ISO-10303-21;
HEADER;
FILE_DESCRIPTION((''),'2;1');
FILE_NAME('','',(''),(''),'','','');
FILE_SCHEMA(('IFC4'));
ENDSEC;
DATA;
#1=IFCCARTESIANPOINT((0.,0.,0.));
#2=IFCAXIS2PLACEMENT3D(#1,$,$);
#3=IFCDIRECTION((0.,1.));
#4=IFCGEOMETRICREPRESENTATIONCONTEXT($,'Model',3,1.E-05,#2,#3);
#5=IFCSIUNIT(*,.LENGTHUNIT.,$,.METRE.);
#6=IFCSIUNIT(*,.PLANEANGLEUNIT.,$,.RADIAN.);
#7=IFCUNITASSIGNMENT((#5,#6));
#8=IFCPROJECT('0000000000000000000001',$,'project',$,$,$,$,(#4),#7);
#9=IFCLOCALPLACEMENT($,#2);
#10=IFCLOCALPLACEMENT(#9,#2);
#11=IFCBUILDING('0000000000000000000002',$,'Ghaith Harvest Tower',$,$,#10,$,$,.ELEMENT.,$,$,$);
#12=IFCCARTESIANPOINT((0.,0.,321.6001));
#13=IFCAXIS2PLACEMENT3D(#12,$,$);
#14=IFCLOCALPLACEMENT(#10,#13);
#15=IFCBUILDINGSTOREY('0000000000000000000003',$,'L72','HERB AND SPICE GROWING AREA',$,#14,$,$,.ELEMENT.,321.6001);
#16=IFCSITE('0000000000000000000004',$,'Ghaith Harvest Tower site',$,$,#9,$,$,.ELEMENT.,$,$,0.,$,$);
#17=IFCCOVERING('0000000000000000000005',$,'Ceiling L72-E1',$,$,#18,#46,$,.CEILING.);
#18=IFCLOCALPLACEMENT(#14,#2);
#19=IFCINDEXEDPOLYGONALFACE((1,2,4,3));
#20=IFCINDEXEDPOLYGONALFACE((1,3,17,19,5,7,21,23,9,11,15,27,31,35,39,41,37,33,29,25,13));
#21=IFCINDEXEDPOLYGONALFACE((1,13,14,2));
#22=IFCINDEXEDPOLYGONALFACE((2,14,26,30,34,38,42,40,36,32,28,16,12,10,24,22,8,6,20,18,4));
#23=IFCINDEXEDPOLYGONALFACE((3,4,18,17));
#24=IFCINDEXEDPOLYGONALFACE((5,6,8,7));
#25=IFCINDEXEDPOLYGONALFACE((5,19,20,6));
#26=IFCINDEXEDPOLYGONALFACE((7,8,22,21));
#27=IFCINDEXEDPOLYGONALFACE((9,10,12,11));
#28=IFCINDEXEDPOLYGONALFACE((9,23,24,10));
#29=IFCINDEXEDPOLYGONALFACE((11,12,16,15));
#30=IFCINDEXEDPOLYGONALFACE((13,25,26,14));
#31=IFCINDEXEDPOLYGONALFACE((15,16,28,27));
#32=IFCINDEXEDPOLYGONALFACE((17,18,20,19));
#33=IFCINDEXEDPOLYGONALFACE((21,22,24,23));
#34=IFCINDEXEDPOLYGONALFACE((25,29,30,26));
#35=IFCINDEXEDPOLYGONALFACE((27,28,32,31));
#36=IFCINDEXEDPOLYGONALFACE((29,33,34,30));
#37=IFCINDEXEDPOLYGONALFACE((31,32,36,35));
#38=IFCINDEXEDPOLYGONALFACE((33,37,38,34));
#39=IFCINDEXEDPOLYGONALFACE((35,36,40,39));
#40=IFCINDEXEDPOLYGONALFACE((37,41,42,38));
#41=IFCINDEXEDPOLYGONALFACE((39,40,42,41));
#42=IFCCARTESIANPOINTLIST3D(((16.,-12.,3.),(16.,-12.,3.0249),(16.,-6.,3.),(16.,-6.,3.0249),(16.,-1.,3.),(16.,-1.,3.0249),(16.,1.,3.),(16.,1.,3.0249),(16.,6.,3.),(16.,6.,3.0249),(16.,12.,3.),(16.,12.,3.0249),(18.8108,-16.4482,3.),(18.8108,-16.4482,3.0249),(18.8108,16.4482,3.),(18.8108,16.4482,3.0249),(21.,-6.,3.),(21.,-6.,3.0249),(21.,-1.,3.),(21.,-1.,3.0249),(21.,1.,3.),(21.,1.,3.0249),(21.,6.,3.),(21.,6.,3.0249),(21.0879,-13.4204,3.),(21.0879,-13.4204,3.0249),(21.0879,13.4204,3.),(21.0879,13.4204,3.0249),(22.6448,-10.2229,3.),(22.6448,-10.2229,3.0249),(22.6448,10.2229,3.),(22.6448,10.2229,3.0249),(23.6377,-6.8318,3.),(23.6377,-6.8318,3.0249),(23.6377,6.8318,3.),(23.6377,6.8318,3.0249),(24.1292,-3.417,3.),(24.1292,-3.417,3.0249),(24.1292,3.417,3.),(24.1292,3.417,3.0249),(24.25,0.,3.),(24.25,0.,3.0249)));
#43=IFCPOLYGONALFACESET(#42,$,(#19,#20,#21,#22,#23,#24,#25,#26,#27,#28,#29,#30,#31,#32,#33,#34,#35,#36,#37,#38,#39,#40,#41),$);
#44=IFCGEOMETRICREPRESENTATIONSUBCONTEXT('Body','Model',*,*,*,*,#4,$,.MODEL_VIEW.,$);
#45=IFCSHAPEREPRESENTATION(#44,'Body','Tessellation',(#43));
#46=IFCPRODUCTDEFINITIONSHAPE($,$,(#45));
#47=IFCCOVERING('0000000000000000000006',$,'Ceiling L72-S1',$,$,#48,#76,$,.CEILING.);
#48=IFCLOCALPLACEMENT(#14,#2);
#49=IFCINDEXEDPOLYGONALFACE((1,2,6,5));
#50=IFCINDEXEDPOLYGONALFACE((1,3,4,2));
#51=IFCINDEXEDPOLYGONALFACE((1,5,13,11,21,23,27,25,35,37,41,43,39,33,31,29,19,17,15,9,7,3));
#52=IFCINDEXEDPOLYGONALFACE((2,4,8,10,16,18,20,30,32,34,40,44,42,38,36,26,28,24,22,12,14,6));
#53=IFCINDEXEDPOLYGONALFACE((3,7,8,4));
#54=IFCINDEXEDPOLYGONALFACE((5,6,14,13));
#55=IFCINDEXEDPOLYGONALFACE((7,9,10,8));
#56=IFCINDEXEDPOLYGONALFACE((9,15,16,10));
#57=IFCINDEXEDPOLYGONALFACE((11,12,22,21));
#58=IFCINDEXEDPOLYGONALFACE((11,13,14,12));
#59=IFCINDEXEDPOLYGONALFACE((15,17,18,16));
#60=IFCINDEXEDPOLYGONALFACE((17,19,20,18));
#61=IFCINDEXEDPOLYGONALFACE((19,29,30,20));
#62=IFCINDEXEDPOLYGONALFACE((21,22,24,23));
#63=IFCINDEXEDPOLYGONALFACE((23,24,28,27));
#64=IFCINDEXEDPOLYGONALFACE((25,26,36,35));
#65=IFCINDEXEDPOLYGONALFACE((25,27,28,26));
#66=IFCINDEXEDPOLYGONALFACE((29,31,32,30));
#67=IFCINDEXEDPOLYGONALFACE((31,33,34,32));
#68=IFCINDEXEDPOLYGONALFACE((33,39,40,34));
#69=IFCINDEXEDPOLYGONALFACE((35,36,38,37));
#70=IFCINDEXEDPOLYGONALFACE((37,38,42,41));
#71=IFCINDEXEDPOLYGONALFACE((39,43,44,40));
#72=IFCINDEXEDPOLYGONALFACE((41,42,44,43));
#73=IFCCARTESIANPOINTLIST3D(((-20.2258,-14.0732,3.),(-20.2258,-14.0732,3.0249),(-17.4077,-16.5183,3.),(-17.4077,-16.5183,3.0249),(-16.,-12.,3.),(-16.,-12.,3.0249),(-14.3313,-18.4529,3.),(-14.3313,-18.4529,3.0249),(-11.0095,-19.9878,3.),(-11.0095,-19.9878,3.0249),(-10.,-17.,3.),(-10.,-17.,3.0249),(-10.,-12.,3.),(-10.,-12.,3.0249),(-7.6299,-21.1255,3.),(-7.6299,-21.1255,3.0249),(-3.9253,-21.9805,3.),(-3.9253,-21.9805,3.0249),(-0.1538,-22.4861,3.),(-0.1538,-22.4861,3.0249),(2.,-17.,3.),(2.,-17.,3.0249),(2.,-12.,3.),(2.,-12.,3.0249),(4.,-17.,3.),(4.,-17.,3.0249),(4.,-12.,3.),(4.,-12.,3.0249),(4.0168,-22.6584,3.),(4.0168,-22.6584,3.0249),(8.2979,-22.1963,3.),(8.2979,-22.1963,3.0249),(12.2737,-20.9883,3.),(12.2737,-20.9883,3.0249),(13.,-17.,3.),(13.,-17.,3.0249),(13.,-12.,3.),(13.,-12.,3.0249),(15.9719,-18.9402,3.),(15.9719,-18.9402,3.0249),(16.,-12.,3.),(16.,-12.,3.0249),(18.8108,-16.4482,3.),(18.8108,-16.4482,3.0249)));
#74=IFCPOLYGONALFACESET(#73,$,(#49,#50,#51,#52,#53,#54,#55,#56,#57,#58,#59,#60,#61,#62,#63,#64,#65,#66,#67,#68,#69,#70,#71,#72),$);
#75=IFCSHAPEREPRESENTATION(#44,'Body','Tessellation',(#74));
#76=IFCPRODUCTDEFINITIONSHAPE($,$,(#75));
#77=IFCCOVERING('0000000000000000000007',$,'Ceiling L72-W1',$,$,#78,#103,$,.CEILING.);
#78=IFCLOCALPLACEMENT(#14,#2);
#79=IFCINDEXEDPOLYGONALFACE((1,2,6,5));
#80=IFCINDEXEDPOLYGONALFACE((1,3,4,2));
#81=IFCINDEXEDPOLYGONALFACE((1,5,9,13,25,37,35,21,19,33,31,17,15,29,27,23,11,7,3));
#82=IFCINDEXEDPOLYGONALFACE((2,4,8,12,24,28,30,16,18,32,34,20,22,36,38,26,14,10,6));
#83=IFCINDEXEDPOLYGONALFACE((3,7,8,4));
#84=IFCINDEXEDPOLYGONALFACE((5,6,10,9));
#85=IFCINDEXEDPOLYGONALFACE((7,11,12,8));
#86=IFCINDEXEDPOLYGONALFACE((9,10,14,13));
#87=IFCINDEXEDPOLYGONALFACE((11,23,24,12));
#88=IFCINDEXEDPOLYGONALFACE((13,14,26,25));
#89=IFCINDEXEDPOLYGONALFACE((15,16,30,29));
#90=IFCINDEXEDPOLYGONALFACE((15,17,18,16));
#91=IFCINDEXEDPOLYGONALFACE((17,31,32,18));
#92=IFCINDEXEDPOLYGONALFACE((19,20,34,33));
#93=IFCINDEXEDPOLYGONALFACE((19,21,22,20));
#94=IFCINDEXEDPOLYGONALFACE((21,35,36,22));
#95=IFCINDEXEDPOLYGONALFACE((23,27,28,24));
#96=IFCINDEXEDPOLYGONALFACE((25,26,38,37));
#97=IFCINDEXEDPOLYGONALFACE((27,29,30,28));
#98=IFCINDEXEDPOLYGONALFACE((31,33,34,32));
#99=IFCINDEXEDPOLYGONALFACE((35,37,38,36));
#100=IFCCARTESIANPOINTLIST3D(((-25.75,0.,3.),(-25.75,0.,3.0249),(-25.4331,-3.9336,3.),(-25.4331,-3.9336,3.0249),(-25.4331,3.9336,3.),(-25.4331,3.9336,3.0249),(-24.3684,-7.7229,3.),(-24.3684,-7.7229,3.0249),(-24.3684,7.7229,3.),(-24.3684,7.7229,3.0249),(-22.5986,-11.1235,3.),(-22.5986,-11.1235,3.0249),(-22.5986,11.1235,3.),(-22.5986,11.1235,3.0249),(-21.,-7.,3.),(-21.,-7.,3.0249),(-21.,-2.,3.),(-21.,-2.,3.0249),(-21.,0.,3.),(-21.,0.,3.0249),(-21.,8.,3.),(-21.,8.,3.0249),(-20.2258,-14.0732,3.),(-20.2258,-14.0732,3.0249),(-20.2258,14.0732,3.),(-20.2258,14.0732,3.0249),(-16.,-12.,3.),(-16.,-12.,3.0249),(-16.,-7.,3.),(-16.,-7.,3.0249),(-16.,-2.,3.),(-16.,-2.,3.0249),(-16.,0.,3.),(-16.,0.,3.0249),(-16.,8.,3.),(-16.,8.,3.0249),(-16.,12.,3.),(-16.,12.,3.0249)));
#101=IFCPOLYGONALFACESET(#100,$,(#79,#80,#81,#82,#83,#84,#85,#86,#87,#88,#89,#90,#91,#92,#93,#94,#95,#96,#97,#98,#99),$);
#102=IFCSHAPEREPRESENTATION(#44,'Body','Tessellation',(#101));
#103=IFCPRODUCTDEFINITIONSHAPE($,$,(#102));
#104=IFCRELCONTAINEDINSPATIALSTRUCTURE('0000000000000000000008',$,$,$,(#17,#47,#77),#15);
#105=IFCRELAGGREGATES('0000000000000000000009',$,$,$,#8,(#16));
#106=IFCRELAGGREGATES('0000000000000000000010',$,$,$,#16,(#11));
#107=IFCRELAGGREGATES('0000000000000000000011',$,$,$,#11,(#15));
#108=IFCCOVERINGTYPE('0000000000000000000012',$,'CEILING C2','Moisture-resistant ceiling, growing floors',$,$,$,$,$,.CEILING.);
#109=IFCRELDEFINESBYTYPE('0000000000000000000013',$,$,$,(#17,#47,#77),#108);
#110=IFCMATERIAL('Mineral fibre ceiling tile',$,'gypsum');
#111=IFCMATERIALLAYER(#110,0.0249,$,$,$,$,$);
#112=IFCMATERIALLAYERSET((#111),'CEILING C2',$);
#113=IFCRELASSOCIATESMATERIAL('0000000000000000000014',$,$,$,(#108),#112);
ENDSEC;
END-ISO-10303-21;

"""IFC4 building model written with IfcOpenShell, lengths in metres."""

from ifc_helpers import new_model, si_unit, direction, frame, origin, place, context, subcontext, project, spatial, polyline, outline, extrude, material, layer, layer_set, type_object, element, save


model = new_model("IFC4")

# Units and contexts
model_context = context("Model", 3, precision=1e-05, world=origin(), true_north=direction((0.0, 1.0)))
body_context = subcontext(model_context, "Body", "Model", "MODEL_VIEW")
ifc_project = project(units=[si_unit("LENGTHUNIT", "METRE"), si_unit("PLANEANGLEUNIT", "RADIAN")], contexts=[model_context])

# Site, building, storey
site_placement = place(None, origin())
site = spatial("IfcSite", under=ifc_project, at=site_placement, Name="Ghaith Harvest Tower site", CompositionType="ELEMENT", RefElevation=0.0)
building_placement = place(site_placement, origin())
building = spatial("IfcBuilding", under=site, at=building_placement, Name="Ghaith Harvest Tower", CompositionType="ELEMENT")
storey_placement = place(building_placement, frame((0.0, 0.0, 321.6001)))
storey = spatial("IfcBuildingStorey", under=building, at=storey_placement, Name="L72", Description="HERB AND SPICE GROWING AREA", CompositionType="ELEMENT", Elevation=321.6001)

# Coverings
ifc_material_1 = material(Name="Mineral fibre ceiling tile", Category="gypsum")
ifc_layer_1 = layer(ifc_material_1, 0.0249)
ifc_layer_set_1 = layer_set([ifc_layer_1], Name="CEILING C2")
covering_type = type_object("IfcCoveringType", Name="CEILING C2", Description="Moisture-resistant ceiling, growing floors", PredefinedType="CEILING", material=ifc_layer_set_1)
covering_1_placement = place(storey_placement, frame((0.0, 0.0, 3.0)))
element("IfcCovering", 1, at=covering_1_placement, inside=storey, type_object=covering_type, Name="Ceiling L72-E1", PredefinedType="CEILING", context=body_context, shape_type="SweptSolid", body=[
    extrude(outline(polyline([(21.0879, 13.4204), (22.6448, 10.2229), (23.6377, 6.8318), (24.1292, 3.417), (24.25, 0.0), (24.1292, -3.417), (23.6377, -6.8318), (22.6448, -10.2229), (21.0879, -13.4204), (18.8108, -16.4482), (16.0, -12.0), (16.0, -6.0), (21.0, -6.0), (21.0, -1.0), (16.0, -1.0), (16.0, 1.0), (21.0, 1.0), (21.0, 6.0), (16.0, 6.0), (16.0, 12.0), (18.8108, 16.4482), (21.0879, 13.4204)])), origin(), (0.0, 0.0, 1.0), 0.0249),
])
covering_2_placement = place(storey_placement, frame((0.0, 0.0, 3.0)))
element("IfcCovering", 2, at=covering_2_placement, inside=storey, type_object=covering_type, Name="Ceiling L72-S1", PredefinedType="CEILING", context=body_context, shape_type="SweptSolid", body=[
    extrude(outline(polyline([(-17.4077, -16.5183), (-20.2258, -14.0732), (-16.0, -12.0), (-10.0, -12.0), (-10.0, -17.0), (2.0, -17.0), (2.0, -12.0), (4.0, -12.0), (4.0, -17.0), (13.0, -17.0), (13.0, -12.0), (16.0, -12.0), (18.8108, -16.4482), (15.9719, -18.9402), (12.2737, -20.9883), (8.2979, -22.1963), (4.0168, -22.6584), (-0.1538, -22.4861), (-3.9253, -21.9805), (-7.6299, -21.1255), (-11.0095, -19.9878), (-14.3313, -18.4529), (-17.4077, -16.5183)])), origin(), (0.0, 0.0, 1.0), 0.0249),
])
covering_3_placement = place(storey_placement, frame((0.0, 0.0, 3.0)))
element("IfcCovering", 3, at=covering_3_placement, inside=storey, type_object=covering_type, Name="Ceiling L72-W1", PredefinedType="CEILING", context=body_context, shape_type="SweptSolid", body=[
    extrude(outline(polyline([(-22.5986, -11.1235), (-24.3684, -7.7229), (-25.4331, -3.9336), (-25.75, 0.0), (-25.4331, 3.9336), (-24.3684, 7.7229), (-22.5986, 11.1235), (-20.2258, 14.0732), (-16.0, 12.0), (-16.0, 8.0), (-21.0, 8.0), (-21.0, 0.0), (-16.0, 0.0), (-16.0, -2.0), (-21.0, -2.0), (-21.0, -7.0), (-16.0, -7.0), (-16.0, -12.0), (-20.2258, -14.0732), (-22.5986, -11.1235)])), origin(), (0.0, 0.0, 1.0), 0.0249),
])

save(model, "model.ifc")
